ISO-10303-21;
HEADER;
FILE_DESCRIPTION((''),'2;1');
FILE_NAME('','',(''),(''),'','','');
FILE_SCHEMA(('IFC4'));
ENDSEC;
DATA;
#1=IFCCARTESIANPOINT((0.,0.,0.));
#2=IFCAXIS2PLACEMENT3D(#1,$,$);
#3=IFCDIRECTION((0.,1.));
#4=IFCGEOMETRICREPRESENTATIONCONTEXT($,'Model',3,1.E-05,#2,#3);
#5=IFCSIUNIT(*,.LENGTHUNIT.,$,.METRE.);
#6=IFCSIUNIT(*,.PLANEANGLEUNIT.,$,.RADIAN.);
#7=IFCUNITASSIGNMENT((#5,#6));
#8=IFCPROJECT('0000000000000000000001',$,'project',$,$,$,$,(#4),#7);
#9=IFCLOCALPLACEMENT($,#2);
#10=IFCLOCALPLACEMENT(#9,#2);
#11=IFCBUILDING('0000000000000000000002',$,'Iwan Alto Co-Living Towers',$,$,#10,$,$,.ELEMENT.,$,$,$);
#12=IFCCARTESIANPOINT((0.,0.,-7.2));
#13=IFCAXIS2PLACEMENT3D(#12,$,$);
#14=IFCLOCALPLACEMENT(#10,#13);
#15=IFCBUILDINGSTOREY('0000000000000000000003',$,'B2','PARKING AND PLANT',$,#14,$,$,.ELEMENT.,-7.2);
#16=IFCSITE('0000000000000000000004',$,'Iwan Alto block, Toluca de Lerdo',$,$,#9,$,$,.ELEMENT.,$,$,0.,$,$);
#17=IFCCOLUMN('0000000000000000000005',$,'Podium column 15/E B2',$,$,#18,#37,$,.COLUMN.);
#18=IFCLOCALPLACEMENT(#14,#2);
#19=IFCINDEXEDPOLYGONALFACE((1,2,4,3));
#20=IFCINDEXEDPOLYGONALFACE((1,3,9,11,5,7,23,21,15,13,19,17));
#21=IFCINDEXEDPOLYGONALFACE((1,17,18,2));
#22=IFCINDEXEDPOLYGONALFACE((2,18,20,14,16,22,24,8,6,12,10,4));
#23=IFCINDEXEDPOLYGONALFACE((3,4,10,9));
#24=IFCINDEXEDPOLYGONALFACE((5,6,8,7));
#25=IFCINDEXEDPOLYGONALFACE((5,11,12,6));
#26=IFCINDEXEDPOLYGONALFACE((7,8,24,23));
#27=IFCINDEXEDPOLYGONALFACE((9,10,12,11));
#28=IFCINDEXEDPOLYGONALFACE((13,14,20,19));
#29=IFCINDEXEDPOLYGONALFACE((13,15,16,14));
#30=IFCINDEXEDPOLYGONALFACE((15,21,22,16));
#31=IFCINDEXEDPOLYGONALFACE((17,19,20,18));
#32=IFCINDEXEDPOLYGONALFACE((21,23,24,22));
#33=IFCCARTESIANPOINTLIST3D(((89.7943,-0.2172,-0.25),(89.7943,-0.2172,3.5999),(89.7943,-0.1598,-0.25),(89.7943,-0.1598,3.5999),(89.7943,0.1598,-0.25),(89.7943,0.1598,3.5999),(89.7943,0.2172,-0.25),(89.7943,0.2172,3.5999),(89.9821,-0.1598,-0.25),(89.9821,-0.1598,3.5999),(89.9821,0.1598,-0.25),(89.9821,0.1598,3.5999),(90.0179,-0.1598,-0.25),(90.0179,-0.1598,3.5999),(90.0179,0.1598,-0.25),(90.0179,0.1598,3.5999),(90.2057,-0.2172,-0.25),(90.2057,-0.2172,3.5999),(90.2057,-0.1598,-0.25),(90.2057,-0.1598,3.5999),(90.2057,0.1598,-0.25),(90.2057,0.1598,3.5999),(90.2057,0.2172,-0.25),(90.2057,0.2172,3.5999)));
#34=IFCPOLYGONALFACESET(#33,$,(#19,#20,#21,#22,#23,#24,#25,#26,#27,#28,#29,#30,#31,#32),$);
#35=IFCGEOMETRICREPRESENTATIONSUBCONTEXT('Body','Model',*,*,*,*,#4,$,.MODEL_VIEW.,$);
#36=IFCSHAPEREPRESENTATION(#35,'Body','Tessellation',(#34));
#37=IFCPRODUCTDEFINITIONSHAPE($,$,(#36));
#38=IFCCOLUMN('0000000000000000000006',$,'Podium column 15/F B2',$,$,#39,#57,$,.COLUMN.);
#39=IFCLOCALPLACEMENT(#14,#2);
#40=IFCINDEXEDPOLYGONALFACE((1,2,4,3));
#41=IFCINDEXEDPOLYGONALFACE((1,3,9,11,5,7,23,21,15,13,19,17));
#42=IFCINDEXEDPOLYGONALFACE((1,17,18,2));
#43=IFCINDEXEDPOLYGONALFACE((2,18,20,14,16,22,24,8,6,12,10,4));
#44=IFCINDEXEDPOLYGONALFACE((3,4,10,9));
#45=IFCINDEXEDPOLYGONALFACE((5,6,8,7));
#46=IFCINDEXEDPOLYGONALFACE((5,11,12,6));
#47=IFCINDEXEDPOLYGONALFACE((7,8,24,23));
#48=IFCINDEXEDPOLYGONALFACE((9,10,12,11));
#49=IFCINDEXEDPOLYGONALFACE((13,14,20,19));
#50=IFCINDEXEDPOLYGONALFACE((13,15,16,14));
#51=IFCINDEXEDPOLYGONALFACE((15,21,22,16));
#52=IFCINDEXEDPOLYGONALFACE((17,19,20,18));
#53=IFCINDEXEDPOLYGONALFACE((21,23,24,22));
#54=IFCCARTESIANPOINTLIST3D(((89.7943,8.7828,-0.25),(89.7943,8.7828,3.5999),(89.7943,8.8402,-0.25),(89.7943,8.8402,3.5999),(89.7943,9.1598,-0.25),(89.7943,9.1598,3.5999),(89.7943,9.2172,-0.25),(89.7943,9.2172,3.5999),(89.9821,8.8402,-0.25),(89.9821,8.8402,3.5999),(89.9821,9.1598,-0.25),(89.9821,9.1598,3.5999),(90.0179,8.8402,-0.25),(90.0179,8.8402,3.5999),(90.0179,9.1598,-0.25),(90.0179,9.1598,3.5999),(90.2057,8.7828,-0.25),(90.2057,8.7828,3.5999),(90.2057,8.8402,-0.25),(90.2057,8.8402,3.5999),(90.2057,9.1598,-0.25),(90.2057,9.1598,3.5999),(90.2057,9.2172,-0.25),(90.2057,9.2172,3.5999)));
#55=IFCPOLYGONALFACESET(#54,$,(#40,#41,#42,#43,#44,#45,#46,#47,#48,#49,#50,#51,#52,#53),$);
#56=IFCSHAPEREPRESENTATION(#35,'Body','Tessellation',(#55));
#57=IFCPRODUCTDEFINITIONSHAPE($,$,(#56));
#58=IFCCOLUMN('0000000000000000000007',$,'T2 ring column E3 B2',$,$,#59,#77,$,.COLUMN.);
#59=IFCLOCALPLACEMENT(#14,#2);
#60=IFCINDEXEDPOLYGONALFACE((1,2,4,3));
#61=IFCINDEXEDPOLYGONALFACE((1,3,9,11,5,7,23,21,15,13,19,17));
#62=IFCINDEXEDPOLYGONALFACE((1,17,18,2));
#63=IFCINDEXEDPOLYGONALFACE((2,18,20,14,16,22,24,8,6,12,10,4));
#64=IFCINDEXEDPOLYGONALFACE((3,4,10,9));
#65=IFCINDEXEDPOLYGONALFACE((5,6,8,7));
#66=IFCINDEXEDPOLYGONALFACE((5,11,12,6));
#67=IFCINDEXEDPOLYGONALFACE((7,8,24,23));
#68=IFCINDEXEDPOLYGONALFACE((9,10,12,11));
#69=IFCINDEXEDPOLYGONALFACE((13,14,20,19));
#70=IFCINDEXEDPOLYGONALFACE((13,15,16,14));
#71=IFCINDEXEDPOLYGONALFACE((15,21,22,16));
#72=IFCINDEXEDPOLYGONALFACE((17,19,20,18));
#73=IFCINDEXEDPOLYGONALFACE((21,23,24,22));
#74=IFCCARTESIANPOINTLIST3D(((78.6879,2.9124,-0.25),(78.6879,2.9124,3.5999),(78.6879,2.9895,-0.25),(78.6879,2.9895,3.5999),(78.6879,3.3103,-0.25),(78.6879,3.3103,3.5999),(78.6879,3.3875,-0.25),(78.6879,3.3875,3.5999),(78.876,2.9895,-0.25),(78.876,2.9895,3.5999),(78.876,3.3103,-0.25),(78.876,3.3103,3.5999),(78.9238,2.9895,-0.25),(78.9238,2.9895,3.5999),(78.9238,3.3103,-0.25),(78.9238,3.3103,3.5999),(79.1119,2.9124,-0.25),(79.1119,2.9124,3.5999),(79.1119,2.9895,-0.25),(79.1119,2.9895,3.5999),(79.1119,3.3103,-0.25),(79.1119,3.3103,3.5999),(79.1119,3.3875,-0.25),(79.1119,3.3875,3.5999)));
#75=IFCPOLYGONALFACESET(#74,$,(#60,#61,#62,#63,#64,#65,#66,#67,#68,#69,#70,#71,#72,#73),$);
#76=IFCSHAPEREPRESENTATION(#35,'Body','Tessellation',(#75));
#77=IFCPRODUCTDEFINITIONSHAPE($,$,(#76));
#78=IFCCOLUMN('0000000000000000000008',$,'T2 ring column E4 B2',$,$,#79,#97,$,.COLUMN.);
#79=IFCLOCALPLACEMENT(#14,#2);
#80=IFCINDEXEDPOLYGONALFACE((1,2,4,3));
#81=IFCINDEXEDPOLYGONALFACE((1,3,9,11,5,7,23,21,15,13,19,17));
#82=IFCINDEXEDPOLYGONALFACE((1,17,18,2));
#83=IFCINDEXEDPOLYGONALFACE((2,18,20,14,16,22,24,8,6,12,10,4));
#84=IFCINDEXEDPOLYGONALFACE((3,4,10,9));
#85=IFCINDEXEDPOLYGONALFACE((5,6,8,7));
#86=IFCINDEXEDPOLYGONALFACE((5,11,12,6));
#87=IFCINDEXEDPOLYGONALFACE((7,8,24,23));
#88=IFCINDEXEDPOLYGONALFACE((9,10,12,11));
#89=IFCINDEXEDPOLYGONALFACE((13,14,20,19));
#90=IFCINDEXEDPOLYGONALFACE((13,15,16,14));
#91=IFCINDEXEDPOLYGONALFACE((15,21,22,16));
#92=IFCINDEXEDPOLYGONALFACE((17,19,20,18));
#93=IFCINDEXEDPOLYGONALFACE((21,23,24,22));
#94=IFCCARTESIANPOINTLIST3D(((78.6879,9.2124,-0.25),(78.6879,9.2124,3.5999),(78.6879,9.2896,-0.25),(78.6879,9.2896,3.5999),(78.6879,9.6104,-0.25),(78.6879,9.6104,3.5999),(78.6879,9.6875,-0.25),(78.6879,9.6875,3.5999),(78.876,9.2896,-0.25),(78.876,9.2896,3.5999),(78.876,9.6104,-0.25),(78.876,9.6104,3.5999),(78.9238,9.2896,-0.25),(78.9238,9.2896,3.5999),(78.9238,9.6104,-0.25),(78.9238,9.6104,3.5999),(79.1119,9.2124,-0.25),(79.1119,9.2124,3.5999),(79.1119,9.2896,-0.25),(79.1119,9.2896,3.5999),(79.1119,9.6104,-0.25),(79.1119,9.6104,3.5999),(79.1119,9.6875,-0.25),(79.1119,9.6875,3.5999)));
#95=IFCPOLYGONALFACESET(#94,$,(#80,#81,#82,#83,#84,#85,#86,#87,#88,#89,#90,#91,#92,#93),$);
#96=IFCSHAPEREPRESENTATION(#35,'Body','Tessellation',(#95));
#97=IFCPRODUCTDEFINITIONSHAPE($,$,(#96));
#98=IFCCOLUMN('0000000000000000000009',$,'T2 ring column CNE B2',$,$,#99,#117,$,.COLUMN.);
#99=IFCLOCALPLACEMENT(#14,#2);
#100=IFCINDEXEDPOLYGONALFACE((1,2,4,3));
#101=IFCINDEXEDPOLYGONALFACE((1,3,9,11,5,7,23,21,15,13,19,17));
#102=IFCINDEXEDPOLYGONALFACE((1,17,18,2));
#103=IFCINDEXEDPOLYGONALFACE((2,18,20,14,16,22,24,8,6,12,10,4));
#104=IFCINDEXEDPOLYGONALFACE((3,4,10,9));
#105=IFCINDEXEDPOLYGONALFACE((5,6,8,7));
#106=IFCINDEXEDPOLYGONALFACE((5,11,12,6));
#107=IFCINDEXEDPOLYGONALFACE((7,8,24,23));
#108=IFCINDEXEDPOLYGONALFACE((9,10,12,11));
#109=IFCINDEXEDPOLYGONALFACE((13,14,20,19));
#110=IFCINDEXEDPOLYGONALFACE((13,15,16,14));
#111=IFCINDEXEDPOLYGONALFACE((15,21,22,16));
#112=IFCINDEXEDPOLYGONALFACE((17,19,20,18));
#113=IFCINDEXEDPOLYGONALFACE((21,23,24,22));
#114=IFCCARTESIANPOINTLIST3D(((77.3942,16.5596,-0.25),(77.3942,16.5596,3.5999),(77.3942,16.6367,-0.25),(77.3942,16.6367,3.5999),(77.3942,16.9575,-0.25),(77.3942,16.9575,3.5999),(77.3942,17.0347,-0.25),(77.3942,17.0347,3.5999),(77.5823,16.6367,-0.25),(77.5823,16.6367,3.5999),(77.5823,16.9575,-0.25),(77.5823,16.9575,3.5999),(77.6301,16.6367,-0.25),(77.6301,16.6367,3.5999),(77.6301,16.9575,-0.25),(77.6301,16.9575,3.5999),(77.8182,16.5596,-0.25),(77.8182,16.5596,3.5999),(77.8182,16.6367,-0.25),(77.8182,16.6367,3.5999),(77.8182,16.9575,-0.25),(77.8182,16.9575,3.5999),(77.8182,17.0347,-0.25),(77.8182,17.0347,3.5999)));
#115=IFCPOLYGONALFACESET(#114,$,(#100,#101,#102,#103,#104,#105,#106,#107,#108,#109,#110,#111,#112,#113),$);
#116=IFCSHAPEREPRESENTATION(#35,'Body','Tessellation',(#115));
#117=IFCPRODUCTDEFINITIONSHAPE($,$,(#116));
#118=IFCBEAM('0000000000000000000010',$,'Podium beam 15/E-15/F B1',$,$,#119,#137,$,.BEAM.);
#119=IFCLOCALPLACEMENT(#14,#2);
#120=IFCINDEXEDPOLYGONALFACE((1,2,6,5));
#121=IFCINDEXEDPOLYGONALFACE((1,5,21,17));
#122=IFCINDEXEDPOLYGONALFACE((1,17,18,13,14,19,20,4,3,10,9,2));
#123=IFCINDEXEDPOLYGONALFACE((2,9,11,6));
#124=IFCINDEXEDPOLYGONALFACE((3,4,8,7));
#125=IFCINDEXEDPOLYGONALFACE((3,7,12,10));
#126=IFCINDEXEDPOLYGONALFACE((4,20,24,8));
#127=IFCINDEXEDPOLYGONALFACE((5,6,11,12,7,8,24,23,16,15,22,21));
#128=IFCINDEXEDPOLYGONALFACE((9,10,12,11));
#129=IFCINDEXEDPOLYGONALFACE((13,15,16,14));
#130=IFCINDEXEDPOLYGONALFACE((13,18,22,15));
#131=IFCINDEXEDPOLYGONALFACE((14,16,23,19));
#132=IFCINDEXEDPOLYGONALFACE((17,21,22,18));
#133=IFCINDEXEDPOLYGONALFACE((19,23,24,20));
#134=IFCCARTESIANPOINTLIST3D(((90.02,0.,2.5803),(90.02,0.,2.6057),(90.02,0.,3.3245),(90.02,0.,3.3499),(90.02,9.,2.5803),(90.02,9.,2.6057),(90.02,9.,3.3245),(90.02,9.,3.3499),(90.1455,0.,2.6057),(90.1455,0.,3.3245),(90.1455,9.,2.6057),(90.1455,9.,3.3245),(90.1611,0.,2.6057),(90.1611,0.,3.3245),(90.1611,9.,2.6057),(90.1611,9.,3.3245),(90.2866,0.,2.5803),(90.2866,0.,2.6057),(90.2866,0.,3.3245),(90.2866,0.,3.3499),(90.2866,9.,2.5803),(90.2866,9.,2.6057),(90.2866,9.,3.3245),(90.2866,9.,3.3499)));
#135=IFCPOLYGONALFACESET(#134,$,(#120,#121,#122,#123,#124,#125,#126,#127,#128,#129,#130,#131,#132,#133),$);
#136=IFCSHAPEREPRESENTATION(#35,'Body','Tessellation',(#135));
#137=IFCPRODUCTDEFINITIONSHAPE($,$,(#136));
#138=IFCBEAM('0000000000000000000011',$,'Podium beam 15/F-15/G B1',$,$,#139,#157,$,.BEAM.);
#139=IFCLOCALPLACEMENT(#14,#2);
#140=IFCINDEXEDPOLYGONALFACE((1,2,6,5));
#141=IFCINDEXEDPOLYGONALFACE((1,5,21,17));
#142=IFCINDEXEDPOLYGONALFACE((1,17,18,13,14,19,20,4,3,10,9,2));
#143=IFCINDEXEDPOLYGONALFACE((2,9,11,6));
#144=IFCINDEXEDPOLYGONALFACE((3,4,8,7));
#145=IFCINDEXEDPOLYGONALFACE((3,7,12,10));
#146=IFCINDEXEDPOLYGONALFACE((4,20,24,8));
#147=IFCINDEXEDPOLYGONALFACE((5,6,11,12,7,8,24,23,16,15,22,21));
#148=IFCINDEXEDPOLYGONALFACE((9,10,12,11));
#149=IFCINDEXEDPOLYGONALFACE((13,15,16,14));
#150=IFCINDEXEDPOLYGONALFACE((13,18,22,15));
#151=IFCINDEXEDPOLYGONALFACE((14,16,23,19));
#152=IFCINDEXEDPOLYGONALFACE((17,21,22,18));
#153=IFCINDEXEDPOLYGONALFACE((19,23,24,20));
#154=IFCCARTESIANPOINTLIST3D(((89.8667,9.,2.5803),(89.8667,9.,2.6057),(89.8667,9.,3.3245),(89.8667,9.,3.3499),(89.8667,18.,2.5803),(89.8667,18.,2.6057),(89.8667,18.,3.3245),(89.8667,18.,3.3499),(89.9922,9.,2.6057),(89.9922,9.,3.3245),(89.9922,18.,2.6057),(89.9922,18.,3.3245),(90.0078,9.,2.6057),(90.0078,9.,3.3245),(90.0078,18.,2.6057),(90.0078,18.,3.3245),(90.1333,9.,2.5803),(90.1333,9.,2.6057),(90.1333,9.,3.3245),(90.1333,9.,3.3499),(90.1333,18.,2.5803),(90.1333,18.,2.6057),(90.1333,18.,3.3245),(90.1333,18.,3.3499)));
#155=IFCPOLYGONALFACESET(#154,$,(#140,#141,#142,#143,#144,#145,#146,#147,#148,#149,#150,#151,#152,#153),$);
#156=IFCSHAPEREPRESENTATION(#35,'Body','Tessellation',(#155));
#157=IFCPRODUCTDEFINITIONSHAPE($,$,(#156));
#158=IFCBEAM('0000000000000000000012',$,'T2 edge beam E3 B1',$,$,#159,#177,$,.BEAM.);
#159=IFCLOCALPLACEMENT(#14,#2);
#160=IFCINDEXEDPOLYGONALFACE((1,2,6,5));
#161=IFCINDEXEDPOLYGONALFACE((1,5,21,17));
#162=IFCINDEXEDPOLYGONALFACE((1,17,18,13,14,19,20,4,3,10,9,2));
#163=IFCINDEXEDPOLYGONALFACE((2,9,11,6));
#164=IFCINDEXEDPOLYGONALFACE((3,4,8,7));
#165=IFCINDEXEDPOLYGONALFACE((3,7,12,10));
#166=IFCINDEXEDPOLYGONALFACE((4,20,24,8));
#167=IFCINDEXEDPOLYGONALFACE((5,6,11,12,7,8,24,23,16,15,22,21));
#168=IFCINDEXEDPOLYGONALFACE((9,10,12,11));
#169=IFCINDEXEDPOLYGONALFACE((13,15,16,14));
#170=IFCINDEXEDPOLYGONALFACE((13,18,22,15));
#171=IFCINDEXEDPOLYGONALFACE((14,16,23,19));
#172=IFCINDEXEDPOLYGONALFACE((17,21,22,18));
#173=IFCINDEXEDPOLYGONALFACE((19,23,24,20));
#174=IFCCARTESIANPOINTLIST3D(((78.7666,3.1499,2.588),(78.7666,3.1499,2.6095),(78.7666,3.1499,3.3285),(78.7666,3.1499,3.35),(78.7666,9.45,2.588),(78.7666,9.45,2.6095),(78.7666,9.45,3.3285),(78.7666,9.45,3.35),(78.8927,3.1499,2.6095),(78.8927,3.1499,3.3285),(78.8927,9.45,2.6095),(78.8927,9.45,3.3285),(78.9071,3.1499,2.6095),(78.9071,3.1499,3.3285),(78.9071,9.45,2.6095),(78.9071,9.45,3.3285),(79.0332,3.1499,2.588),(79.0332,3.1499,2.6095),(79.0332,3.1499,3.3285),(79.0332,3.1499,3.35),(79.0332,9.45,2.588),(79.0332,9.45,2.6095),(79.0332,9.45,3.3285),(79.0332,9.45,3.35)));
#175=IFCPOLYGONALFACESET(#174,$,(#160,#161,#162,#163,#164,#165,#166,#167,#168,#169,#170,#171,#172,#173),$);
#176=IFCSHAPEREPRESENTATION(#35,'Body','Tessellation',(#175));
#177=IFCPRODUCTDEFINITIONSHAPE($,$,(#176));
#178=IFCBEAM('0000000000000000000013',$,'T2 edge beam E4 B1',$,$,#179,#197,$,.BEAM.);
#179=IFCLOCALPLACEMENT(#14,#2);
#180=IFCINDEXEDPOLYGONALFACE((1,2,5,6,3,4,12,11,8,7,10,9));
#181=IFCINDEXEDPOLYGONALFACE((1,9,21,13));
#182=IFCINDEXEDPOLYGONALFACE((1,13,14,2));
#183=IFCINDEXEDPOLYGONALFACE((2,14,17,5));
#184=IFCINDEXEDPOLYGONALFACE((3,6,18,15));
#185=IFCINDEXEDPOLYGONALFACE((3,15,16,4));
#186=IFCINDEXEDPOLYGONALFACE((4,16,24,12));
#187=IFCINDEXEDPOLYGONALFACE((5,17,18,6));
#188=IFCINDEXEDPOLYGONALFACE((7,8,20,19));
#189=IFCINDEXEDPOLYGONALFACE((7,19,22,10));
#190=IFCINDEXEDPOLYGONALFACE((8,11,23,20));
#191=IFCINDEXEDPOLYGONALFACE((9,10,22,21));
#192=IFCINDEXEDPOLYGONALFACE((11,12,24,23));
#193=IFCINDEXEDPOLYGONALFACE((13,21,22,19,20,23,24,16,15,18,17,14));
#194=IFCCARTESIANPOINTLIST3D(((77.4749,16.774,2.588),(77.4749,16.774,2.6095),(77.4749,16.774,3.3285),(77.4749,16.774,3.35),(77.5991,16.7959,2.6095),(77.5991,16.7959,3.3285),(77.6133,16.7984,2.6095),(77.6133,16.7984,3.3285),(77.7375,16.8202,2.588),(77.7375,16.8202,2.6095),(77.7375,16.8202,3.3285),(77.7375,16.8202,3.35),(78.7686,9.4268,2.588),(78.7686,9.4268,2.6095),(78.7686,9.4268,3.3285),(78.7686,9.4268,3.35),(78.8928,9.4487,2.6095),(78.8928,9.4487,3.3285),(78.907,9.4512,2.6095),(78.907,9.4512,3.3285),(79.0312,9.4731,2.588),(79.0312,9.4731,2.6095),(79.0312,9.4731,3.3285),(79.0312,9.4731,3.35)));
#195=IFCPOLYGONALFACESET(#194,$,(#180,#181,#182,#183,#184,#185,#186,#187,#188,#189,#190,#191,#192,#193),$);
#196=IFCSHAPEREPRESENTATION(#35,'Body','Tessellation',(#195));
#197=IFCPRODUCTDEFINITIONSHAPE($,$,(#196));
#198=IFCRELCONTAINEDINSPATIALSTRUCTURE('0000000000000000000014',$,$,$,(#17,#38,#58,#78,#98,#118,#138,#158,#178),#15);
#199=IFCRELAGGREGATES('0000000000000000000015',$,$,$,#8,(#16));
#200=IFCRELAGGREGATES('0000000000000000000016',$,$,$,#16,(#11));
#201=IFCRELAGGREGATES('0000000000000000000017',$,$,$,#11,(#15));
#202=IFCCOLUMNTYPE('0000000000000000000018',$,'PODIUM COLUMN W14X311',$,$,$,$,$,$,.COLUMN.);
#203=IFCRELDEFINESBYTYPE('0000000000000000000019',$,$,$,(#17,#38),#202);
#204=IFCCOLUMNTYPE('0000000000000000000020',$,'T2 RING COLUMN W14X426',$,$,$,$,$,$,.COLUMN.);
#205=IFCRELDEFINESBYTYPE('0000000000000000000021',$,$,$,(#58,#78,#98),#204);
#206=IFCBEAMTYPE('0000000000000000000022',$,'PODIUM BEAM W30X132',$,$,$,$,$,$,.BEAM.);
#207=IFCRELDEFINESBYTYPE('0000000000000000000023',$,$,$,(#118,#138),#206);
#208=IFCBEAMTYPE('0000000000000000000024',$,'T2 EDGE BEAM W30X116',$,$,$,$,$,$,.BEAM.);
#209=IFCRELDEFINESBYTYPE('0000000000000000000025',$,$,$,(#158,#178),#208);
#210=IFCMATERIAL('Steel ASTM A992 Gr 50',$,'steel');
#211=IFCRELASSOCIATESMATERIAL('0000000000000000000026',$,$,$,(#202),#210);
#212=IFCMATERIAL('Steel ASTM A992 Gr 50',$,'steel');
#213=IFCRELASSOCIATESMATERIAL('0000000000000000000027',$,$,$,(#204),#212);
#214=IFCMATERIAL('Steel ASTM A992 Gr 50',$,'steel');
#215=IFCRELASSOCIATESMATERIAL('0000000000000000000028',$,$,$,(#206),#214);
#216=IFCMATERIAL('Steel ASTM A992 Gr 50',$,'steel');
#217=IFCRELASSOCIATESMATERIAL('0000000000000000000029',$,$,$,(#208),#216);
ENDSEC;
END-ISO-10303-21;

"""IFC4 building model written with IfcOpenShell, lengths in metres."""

from ifc_helpers import new_model, si_unit, direction, frame, origin, origin_2d, place, context, subcontext, project, spatial, i_section, extrude, material, material_profile, profile_set, type_object, element, save


model = new_model("IFC4")

# Units and contexts
model_context = context("Model", 3, precision=1e-05, world=origin(), true_north=direction((0.0, 1.0)))
body_context = subcontext(model_context, "Body", "Model", "MODEL_VIEW")
ifc_project = project(units=[si_unit("LENGTHUNIT", "METRE"), si_unit("PLANEANGLEUNIT", "RADIAN")], contexts=[model_context])

# Site, building, storey
site_placement = place(None, origin())
site = spatial("IfcSite", under=ifc_project, at=site_placement, Name="Iwan Alto block, Toluca de Lerdo", CompositionType="ELEMENT", RefElevation=0.0)
building_placement = place(site_placement, origin())
building = spatial("IfcBuilding", under=site, at=building_placement, Name="Iwan Alto Co-Living Towers", CompositionType="ELEMENT")
storey_placement = place(building_placement, frame((0.0, 0.0, -7.2)))
storey = spatial("IfcBuildingStorey", under=building, at=storey_placement, Name="B2", Description="PARKING AND PLANT", CompositionType="ELEMENT", Elevation=-7.2)

# Columns
ifc_material_1 = material(Name="Steel ASTM A992 Gr 50", Category="steel")
ifc_material_profile_1 = material_profile(ifc_material_1, i_section(OverallWidth=0.4114, OverallDepth=0.4343, WebThickness=0.0359, FlangeThickness=0.0574, at=origin_2d()), Name="W14X311")
ifc_profile_set_1 = profile_set([ifc_material_profile_1], Name="Steel ASTM A992 Gr 50")
column_type_1 = type_object("IfcColumnType", Name="PODIUM COLUMN W14X311", PredefinedType="COLUMN", material=ifc_profile_set_1)
for number, where, z_axis, x_axis, name in (
    (1, (90.0, 0.0, -0.25), (0.0, 0.0, 1.0), (1.0, 0.0, 0.0), "Podium column 15/E B2"),
    (2, (90.0, 9.0, -0.25), (0.0, 0.0, 1.0), (1.0, 0.0, 0.0), "Podium column 15/F B2"),
):
    element("IfcColumn", number, at=place(storey_placement, frame(where, z_axis=z_axis, x_axis=x_axis)), inside=storey, type_object=column_type_1, Name=name, PredefinedType="COLUMN", context=body_context, shape_type="SweptSolid", body=[
        extrude(i_section(OverallWidth=0.4114, OverallDepth=0.4343, WebThickness=0.0359, FlangeThickness=0.0574, at=origin_2d()), origin(), (0.0, 0.0, 1.0), 3.8499),
    ])
ifc_material_2 = material(Name="Steel ASTM A992 Gr 50", Category="steel")
ifc_material_profile_2 = material_profile(ifc_material_2, i_section(OverallWidth=0.4241, OverallDepth=0.4751, WebThickness=0.0479, FlangeThickness=0.0771, at=origin_2d()), Name="W14X426")
ifc_profile_set_2 = profile_set([ifc_material_profile_2], Name="Steel ASTM A992 Gr 50")
column_type_2 = type_object("IfcColumnType", Name="T2 RING COLUMN W14X426", PredefinedType="COLUMN", material=ifc_profile_set_2)
for number, where, z_axis, x_axis, name in (
    (3, (78.8999, 3.1499, -0.25), (0.0, 0.0, 1.0), (1.0, 0.0, 0.0), "T2 ring column E3 B2"),
    (4, (78.8999, 9.45, -0.25), (0.0, 0.0, 1.0), (1.0, 0.0, 0.0), "T2 ring column E4 B2"),
    (5, (77.6062, 16.7971, -0.25), (0.0, 0.0, 1.0), (1.0, 0.0, 0.0), "T2 ring column CNE B2"),
):
    element("IfcColumn", number, at=place(storey_placement, frame(where, z_axis=z_axis, x_axis=x_axis)), inside=storey, type_object=column_type_2, Name=name, PredefinedType="COLUMN", context=body_context, shape_type="SweptSolid", body=[
        extrude(i_section(OverallWidth=0.4241, OverallDepth=0.4751, WebThickness=0.0479, FlangeThickness=0.0771, at=origin_2d()), origin(), (0.0, 0.0, 1.0), 3.8499),
    ])

# Beams
ifc_material_3 = material(Name="Steel ASTM A992 Gr 50", Category="steel")
ifc_material_profile_3 = material_profile(ifc_material_3, i_section(OverallWidth=0.2666, OverallDepth=0.7695, WebThickness=0.0156, FlangeThickness=0.0254, at=origin_2d()), Name="W30X132")
ifc_profile_set_3 = profile_set([ifc_material_profile_3], Name="Steel ASTM A992 Gr 50")
beam_type_1 = type_object("IfcBeamType", Name="PODIUM BEAM W30X132", PredefinedType="BEAM", material=ifc_profile_set_3)
for number, where, z_axis, x_axis, name in (
    (6, (90.1533, 0.0, 2.9651), (0.0, 1.0, 0.0), (-1.0, 0.0, 0.0), "Podium beam 15/E-15/F B1"),
    (7, (90.0, 9.0, 2.9651), (0.0, 1.0, 0.0), (-1.0, 0.0, 0.0), "Podium beam 15/F-15/G B1"),
):
    element("IfcBeam", number, at=place(storey_placement, frame(where, z_axis=z_axis, x_axis=x_axis)), inside=storey, type_object=beam_type_1, Name=name, PredefinedType="BEAM", context=body_context, shape_type="SweptSolid", body=[
        extrude(i_section(OverallWidth=0.2666, OverallDepth=0.7695, WebThickness=0.0156, FlangeThickness=0.0254, at=origin_2d()), origin(), (0.0, 0.0, 1.0), 9.0),
    ])
ifc_material_4 = material(Name="Steel ASTM A992 Gr 50", Category="steel")
ifc_material_profile_4 = material_profile(ifc_material_4, i_section(OverallWidth=0.2666, OverallDepth=0.762, WebThickness=0.0144, FlangeThickness=0.0215, at=origin_2d()), Name="W30X116")
ifc_profile_set_4 = profile_set([ifc_material_profile_4], Name="Steel ASTM A992 Gr 50")
beam_type_2 = type_object("IfcBeamType", Name="T2 EDGE BEAM W30X116", PredefinedType="BEAM", material=ifc_profile_set_4)
beam_1_placement = place(storey_placement, frame((78.8999, 3.1499, 2.969), z_axis=(0.0, 1.0, 0.0), x_axis=(-1.0, 0.0, 0.0)))
element("IfcBeam", 8, at=beam_1_placement, inside=storey, type_object=beam_type_2, Name="T2 edge beam E3 B1", PredefinedType="BEAM", context=body_context, shape_type="SweptSolid", body=[
    extrude(i_section(OverallWidth=0.2666, OverallDepth=0.762, WebThickness=0.0144, FlangeThickness=0.0215, at=origin_2d()), origin(), (0.0, 0.0, 1.0), 6.3),
])
beam_2_placement = place(storey_placement, frame((78.8999, 9.45, 2.969), z_axis=(-0.173414, 0.984849, 0.0), x_axis=(-0.984849, -0.173414, 0.0)))
element("IfcBeam", 9, at=beam_2_placement, inside=storey, type_object=beam_type_2, Name="T2 edge beam E4 B1", PredefinedType="BEAM", context=body_context, shape_type="SweptSolid", body=[
    extrude(i_section(OverallWidth=0.2666, OverallDepth=0.762, WebThickness=0.0144, FlangeThickness=0.0215, at=origin_2d()), origin(), (0.0, 0.0, 1.0), 7.4602),
])

save(model, "model.ifc")
